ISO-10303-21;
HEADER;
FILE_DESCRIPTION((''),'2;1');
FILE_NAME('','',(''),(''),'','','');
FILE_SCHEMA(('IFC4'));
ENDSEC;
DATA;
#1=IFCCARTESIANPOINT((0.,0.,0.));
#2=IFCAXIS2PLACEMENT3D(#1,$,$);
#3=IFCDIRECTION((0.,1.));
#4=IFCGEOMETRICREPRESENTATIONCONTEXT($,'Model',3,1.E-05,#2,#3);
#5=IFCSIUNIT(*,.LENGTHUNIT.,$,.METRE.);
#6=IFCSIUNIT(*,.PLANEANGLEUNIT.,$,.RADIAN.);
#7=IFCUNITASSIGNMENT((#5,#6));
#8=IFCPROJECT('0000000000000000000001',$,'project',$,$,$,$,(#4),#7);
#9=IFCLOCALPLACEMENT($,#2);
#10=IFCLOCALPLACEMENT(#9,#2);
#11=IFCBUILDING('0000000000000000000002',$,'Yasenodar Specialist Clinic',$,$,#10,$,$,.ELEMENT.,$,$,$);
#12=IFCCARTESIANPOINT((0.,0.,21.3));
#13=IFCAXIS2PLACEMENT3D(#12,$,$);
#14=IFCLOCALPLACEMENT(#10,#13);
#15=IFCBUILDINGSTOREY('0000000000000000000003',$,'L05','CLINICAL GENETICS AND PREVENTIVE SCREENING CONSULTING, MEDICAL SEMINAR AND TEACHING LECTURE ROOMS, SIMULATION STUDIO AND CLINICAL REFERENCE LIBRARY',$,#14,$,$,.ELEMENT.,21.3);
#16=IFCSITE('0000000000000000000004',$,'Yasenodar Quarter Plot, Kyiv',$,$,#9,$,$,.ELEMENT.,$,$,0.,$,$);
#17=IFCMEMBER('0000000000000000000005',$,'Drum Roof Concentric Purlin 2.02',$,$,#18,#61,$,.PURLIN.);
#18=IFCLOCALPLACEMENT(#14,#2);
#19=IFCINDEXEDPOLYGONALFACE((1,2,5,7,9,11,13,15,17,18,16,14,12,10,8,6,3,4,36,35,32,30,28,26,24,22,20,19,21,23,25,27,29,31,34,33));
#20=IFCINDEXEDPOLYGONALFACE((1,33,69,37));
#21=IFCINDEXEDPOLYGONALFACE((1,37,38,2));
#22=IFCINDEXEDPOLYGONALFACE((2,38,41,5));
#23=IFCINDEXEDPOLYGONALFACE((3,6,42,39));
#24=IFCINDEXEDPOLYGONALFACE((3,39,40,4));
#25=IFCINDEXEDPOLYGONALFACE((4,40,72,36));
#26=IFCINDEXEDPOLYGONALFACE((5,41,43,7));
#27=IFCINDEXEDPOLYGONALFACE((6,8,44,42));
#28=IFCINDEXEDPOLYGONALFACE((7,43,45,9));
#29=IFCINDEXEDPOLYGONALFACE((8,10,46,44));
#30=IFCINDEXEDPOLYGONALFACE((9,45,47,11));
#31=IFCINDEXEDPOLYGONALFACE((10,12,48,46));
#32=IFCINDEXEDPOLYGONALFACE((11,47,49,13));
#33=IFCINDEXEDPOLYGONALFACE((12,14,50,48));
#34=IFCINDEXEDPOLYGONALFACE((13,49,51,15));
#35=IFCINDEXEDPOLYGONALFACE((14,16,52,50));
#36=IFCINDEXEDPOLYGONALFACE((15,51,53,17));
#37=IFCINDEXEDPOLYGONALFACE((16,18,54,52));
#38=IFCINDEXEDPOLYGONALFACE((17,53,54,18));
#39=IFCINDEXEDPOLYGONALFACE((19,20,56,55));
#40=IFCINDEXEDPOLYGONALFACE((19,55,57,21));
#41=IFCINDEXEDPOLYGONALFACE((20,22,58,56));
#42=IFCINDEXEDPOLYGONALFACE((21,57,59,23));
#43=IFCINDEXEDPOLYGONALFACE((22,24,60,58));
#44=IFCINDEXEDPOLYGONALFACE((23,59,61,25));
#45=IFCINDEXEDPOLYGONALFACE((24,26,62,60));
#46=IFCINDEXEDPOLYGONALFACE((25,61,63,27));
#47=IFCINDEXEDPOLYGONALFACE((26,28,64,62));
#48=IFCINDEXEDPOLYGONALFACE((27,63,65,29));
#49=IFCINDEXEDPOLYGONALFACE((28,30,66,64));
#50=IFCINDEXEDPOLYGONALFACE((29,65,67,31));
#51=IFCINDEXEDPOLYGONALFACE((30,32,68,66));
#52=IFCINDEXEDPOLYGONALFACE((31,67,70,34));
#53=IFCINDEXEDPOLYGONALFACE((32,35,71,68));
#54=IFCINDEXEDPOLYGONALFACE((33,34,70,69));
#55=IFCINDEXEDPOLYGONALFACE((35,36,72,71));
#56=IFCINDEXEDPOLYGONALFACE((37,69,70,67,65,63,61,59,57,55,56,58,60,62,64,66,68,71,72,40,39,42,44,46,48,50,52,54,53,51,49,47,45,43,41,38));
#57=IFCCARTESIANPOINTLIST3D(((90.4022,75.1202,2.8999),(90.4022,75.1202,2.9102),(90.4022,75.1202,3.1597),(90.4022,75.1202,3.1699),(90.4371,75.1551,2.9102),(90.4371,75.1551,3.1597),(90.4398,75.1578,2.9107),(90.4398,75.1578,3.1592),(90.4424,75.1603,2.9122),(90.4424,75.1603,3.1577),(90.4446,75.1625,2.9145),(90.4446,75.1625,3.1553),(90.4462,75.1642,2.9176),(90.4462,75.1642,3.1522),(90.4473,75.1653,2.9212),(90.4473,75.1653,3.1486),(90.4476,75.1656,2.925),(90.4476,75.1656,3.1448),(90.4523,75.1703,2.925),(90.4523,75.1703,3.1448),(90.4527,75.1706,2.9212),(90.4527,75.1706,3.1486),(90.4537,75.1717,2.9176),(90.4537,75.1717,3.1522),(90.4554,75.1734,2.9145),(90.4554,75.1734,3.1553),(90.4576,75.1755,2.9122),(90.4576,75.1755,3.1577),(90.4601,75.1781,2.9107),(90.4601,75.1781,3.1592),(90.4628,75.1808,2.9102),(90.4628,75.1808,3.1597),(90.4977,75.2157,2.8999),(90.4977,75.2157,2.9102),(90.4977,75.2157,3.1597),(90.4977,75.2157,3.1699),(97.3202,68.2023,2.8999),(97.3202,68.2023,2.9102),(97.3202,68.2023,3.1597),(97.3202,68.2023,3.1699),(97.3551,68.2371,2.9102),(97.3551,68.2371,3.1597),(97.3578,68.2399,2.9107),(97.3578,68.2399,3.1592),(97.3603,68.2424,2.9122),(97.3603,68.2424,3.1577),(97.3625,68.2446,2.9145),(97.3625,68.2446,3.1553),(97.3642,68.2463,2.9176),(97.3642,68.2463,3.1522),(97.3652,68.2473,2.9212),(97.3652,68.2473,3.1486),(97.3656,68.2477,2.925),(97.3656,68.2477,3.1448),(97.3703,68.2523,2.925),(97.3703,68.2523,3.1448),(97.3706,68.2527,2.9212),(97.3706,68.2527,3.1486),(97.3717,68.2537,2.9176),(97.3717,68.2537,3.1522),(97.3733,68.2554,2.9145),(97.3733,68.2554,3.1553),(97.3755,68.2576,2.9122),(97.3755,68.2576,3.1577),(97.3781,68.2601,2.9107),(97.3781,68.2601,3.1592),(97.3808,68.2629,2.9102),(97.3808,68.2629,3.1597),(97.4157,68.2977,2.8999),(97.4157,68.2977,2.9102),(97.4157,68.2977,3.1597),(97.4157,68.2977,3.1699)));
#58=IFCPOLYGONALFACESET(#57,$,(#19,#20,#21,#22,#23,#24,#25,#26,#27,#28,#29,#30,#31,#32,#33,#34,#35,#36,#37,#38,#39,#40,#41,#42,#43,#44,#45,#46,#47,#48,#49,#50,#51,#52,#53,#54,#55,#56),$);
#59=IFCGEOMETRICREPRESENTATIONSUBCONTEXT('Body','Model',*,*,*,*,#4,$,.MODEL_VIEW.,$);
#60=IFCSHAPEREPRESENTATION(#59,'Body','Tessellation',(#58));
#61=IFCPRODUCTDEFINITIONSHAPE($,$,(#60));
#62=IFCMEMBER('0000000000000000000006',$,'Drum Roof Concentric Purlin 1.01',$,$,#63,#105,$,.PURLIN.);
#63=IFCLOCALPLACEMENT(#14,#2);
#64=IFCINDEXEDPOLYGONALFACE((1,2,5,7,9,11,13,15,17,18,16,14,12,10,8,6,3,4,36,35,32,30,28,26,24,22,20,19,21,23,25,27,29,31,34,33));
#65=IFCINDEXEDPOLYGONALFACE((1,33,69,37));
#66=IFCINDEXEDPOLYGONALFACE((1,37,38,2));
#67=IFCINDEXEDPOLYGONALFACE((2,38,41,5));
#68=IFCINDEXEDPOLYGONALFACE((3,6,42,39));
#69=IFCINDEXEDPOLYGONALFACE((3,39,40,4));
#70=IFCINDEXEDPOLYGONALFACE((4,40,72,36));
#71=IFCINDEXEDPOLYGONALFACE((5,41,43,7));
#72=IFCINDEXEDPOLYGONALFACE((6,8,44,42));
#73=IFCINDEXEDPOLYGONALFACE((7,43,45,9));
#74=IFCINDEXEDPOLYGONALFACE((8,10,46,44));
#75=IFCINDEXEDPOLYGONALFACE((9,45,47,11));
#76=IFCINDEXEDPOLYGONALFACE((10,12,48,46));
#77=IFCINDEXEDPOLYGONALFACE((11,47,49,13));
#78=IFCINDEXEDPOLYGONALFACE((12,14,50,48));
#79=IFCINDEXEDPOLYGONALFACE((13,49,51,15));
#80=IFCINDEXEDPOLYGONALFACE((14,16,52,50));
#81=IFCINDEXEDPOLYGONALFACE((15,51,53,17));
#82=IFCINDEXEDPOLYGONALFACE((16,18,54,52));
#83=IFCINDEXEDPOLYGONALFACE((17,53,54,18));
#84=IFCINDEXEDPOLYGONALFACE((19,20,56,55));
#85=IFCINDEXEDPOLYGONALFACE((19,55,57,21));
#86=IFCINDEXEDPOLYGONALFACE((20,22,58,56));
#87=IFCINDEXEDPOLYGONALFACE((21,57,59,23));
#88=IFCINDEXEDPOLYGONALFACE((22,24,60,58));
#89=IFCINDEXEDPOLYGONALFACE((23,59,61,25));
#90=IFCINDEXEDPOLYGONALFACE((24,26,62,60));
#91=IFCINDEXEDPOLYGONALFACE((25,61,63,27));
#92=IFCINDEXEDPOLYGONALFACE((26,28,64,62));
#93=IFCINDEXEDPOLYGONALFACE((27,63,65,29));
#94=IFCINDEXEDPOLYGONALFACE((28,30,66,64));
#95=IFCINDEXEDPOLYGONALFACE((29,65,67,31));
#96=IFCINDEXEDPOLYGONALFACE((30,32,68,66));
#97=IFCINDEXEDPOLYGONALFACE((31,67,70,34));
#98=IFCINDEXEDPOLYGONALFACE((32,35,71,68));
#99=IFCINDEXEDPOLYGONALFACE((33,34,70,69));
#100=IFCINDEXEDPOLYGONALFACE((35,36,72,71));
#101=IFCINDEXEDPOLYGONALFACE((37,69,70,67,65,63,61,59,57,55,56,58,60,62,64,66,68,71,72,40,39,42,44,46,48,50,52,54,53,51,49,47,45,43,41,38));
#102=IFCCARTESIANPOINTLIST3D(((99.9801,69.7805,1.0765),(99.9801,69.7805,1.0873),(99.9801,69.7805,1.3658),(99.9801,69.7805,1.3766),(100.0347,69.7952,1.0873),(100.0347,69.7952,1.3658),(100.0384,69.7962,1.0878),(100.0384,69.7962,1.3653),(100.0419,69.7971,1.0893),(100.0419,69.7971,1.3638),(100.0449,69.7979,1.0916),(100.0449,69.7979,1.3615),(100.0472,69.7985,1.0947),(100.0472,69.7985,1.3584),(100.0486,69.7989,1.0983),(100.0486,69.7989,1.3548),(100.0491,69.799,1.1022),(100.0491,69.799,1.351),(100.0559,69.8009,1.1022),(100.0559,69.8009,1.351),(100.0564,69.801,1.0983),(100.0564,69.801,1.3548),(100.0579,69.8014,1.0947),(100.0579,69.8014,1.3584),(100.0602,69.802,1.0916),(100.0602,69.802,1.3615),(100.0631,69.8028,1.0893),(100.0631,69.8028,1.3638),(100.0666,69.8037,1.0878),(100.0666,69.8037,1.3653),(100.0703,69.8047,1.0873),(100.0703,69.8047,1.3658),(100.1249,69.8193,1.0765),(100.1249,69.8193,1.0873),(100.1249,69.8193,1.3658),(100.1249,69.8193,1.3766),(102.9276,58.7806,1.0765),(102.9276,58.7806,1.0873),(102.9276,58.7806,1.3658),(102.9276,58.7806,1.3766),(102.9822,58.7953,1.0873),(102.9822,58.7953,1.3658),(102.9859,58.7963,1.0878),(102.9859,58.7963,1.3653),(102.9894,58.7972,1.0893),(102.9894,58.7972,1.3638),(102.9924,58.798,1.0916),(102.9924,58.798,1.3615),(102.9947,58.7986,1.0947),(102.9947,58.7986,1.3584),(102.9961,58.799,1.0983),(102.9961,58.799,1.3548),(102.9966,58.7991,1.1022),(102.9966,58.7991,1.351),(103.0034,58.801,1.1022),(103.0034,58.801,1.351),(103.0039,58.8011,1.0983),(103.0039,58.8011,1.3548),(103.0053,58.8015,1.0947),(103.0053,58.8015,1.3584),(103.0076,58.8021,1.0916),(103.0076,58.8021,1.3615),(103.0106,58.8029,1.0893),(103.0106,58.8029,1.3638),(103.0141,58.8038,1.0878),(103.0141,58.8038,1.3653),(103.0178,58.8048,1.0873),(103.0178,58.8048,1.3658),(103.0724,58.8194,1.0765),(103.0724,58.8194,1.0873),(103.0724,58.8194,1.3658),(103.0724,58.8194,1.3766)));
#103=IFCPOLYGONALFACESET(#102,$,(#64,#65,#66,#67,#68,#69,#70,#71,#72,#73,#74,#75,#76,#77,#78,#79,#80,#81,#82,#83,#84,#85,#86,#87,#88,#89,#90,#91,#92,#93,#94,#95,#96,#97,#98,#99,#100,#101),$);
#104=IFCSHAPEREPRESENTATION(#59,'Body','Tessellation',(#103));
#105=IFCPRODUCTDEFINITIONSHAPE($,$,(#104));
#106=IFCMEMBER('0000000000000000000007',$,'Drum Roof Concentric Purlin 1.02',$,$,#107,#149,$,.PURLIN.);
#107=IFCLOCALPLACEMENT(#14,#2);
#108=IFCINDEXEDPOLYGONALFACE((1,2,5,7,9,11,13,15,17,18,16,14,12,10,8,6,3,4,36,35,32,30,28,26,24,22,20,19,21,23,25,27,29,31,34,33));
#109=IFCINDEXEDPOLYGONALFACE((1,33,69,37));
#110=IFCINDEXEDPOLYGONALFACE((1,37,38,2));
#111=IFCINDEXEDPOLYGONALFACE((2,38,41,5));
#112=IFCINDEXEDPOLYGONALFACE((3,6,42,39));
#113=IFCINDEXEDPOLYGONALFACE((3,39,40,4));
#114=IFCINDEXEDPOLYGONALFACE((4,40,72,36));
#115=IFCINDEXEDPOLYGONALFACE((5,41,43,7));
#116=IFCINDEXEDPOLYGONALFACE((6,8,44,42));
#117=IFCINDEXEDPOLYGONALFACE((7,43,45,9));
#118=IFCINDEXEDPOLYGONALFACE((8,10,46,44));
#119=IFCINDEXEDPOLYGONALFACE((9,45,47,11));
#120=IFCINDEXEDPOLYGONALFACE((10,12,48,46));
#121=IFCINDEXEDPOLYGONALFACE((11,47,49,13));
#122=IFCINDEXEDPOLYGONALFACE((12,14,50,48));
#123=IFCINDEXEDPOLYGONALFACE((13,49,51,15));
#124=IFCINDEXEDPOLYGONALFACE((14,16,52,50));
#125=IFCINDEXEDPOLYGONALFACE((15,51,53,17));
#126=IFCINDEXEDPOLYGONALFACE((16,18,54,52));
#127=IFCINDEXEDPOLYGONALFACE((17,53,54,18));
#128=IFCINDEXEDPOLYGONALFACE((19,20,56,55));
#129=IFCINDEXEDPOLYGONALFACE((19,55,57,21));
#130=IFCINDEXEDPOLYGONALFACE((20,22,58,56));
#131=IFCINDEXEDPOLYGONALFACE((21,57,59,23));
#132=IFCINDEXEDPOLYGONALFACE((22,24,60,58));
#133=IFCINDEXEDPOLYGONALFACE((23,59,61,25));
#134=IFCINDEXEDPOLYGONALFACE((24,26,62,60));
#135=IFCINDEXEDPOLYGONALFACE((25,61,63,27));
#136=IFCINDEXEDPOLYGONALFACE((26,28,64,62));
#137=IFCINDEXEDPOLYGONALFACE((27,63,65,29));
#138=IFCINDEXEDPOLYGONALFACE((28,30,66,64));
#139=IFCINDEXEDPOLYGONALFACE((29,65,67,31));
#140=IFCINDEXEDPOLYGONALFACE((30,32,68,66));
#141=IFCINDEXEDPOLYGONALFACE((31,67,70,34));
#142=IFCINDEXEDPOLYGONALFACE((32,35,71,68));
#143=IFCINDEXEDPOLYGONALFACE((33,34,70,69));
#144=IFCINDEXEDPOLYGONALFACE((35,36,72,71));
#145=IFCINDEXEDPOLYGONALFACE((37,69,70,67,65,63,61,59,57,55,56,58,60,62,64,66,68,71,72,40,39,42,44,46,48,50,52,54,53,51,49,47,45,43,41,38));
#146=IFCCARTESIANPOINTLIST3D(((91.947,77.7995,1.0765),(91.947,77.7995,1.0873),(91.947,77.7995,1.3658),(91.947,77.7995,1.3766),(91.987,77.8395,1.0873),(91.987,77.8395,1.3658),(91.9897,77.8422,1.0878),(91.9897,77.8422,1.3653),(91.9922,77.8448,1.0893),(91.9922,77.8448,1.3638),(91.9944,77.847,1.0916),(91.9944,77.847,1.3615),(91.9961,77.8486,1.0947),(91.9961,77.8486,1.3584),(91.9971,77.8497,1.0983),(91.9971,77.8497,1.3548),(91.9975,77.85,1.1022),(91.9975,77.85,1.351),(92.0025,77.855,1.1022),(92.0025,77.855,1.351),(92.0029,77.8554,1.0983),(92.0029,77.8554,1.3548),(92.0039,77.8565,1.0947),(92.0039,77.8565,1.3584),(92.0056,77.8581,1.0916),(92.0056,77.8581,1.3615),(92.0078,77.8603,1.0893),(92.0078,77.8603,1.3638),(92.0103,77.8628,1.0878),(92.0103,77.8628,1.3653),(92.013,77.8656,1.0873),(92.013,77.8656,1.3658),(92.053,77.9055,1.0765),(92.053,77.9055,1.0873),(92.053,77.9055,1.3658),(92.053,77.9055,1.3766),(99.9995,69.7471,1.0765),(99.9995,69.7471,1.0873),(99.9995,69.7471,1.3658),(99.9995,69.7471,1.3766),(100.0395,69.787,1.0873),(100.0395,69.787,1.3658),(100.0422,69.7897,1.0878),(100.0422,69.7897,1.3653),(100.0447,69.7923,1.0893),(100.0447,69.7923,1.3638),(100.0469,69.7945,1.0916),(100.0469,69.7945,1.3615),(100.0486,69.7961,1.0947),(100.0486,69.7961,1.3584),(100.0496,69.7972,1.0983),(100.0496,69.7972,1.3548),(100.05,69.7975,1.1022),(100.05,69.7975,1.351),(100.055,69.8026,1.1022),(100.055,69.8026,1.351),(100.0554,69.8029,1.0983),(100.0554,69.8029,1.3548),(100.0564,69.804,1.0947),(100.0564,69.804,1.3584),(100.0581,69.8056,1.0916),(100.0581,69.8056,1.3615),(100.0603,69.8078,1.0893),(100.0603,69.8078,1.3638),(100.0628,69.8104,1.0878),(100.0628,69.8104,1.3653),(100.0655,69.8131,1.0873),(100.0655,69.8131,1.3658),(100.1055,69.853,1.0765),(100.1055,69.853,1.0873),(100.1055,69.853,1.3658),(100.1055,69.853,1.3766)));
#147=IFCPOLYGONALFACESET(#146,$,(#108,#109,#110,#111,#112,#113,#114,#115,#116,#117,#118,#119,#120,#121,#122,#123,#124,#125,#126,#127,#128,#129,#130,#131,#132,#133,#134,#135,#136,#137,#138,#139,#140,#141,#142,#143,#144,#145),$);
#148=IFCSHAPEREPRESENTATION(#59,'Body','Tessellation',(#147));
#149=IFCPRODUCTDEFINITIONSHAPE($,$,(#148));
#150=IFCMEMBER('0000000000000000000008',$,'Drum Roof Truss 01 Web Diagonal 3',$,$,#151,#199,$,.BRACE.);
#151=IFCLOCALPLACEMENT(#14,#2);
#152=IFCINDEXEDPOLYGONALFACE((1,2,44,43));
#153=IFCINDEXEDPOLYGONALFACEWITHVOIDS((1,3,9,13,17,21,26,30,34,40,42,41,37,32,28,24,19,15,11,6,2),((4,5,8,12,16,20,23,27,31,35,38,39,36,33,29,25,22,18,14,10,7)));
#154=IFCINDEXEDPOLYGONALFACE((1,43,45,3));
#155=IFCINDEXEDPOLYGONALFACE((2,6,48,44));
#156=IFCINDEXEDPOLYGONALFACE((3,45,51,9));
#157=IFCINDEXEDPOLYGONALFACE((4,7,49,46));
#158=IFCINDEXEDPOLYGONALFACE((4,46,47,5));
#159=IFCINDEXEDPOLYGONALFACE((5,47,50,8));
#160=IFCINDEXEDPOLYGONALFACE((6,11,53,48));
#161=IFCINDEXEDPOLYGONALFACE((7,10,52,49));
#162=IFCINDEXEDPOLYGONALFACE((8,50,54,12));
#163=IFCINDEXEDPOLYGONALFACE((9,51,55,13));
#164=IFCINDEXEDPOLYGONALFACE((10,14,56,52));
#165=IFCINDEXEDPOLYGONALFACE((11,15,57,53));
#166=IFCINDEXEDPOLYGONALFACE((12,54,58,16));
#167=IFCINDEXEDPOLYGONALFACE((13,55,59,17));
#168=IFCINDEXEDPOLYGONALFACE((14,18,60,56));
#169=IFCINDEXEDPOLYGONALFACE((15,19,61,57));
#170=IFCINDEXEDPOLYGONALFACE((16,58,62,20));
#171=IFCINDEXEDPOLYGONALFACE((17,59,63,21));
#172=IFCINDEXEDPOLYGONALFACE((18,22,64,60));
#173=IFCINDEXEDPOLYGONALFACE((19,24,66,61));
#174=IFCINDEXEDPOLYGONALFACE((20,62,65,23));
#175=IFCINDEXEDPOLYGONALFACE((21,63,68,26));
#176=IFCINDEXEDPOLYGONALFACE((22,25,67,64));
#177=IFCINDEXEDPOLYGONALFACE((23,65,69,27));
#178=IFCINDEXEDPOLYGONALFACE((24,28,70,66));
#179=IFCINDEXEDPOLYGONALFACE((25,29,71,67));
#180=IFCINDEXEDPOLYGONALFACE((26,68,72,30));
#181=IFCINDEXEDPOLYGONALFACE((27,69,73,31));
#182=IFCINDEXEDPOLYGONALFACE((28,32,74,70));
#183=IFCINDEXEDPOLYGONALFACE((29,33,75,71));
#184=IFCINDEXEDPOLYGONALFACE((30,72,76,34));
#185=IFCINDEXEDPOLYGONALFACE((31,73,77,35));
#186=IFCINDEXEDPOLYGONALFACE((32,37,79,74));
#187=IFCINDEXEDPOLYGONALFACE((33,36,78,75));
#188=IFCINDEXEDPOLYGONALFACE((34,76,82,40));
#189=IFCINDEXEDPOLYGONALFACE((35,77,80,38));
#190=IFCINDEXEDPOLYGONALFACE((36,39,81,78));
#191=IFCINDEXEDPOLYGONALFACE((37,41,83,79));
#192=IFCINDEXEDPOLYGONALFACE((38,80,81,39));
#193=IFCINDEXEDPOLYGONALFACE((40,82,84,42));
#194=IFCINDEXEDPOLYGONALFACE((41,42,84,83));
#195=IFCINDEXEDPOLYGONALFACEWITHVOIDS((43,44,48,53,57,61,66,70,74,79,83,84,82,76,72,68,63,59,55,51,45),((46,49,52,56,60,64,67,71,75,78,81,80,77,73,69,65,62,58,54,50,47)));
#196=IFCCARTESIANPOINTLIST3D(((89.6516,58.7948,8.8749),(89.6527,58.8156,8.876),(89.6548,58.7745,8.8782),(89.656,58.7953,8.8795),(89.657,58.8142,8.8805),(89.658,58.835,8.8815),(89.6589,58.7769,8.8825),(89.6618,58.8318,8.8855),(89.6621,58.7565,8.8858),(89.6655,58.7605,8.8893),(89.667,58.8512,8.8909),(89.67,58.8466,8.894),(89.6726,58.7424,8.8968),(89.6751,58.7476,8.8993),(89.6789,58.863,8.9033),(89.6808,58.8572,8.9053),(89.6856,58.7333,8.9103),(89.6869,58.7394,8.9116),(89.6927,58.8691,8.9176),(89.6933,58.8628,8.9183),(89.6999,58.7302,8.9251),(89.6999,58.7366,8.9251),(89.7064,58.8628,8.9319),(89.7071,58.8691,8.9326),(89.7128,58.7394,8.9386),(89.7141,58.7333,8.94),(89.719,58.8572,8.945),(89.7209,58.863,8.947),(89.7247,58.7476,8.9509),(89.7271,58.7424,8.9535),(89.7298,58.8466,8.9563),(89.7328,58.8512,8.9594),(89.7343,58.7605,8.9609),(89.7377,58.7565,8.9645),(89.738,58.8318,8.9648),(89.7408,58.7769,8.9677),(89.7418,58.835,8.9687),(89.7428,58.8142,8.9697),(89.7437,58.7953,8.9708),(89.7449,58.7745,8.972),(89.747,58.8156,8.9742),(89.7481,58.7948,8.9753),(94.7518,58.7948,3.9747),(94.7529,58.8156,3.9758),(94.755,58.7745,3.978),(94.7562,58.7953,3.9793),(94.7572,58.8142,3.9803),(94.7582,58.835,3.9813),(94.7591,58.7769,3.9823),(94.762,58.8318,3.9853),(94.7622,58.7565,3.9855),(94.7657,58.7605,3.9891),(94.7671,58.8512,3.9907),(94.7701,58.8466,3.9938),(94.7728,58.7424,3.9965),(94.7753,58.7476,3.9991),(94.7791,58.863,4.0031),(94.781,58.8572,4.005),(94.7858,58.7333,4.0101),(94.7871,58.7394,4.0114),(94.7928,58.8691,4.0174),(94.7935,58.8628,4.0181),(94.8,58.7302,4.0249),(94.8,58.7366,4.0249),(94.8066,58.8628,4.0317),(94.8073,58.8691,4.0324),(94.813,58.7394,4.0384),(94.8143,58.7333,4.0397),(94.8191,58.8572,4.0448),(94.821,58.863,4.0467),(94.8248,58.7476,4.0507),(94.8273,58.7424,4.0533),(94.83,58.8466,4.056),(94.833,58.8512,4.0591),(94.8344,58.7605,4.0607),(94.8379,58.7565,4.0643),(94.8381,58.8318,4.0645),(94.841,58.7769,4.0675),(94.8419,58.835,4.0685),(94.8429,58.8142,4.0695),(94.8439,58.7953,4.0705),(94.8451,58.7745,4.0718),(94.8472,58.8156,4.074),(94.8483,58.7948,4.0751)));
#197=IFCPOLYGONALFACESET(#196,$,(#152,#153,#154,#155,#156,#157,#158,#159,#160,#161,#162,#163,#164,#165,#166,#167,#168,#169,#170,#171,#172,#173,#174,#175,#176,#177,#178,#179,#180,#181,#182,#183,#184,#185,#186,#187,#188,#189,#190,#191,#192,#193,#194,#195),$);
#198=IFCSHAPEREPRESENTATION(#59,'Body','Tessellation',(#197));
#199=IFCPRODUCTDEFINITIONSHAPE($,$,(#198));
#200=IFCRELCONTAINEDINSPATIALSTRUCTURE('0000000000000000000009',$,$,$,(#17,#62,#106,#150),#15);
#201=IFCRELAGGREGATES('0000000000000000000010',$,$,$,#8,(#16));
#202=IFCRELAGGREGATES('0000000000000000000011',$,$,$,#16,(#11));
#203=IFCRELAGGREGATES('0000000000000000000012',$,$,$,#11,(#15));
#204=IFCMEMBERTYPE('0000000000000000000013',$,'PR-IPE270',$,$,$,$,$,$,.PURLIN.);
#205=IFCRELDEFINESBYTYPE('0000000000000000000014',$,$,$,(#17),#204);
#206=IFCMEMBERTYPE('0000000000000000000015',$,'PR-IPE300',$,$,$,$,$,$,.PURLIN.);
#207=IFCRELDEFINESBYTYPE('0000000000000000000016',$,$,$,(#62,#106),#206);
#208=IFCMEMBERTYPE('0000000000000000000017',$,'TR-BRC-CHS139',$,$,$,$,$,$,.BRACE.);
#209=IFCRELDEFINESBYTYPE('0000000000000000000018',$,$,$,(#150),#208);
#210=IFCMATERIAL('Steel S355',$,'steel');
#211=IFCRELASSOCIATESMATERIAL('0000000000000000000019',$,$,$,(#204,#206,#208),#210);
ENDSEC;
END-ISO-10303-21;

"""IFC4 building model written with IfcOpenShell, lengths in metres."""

from ifc_helpers import new_model, si_unit, direction, frame, origin, origin_2d, place, context, subcontext, project, spatial, hollow_circle, i_section, extrude, material, material_profile, profile_set, type_object, element, save


model = new_model("IFC4")

# Units and contexts
model_context = context("Model", 3, precision=1e-05, world=origin(), true_north=direction((0.0, 1.0)))
body_context = subcontext(model_context, "Body", "Model", "MODEL_VIEW")
ifc_project = project(units=[si_unit("LENGTHUNIT", "METRE"), si_unit("PLANEANGLEUNIT", "RADIAN")], contexts=[model_context])

# Site, building, storey
site_placement = place(None, origin())
site = spatial("IfcSite", under=ifc_project, at=site_placement, Name="Yasenodar Quarter Plot, Kyiv", CompositionType="ELEMENT", RefElevation=0.0)
building_placement = place(site_placement, origin())
building = spatial("IfcBuilding", under=site, at=building_placement, Name="Yasenodar Specialist Clinic", CompositionType="ELEMENT")
storey_placement = place(building_placement, frame((0.0, 0.0, 21.3)))
storey = spatial("IfcBuildingStorey", under=building, at=storey_placement, Name="L05", Description="CLINICAL GENETICS AND PREVENTIVE SCREENING CONSULTING, MEDICAL SEMINAR AND TEACHING LECTURE ROOMS, SIMULATION STUDIO AND CLINICAL REFERENCE LIBRARY", CompositionType="ELEMENT", Elevation=21.3)

# Members
ifc_material = material(Name="Steel S355", Category="steel")
ifc_material_profile_1 = material_profile(ifc_material, i_section(OverallWidth=0.135, OverallDepth=0.27, WebThickness=0.0066, FlangeThickness=0.0103, FilletRadius=0.0149, at=origin_2d()), Name="IPE 270")
ifc_profile_set_1 = profile_set([ifc_material_profile_1], Name="Steel S355")
member_type_1 = type_object("IfcMemberType", Name="PR-IPE270", PredefinedType="PURLIN", material=ifc_profile_set_1)
member_1_placement = place(storey_placement, frame((97.3679, 68.25, 3.0349), z_axis=(-0.707107, 0.707107, 0.0), x_axis=(-0.707107, -0.707107, 0.0)))
element("IfcMember", 1, at=member_1_placement, inside=storey, type_object=member_type_1, Name="Drum Roof Concentric Purlin 2.02", PredefinedType="PURLIN", context=body_context, shape_type="SweptSolid", body=[
    extrude(i_section(OverallWidth=0.135, OverallDepth=0.27, WebThickness=0.0066, FlangeThickness=0.0103, FilletRadius=0.0149, at=origin_2d()), origin(), (0.0, 0.0, 1.0), 9.7834),
])
ifc_material_profile_2 = material_profile(ifc_material, i_section(OverallWidth=0.1499, OverallDepth=0.3, WebThickness=0.0071, FlangeThickness=0.0107, FilletRadius=0.0149, at=origin_2d()), Name="IPE 300")
ifc_profile_set_2 = profile_set([ifc_material_profile_2], Name="Steel S355")
member_type_2 = type_object("IfcMemberType", Name="PR-IPE300", PredefinedType="PURLIN", material=ifc_profile_set_2)
for number, where, z_axis, x_axis, name in (
    (2, (103.0, 58.8, 1.2266), (-0.258825, 0.965924, 0.0), (-0.965924, -0.258825, 0.0), "Drum Roof Concentric Purlin 1.01"),
    (3, (100.0525, 69.8, 1.2266), (-0.707107, 0.707107, 0.0), (-0.707107, -0.707107, 0.0), "Drum Roof Concentric Purlin 1.02"),
):
    element("IfcMember", number, at=place(storey_placement, frame(where, z_axis=z_axis, x_axis=x_axis)), inside=storey, type_object=member_type_2, Name=name, PredefinedType="PURLIN", context=body_context, shape_type="SweptSolid", body=[
        extrude(i_section(OverallWidth=0.1499, OverallDepth=0.3, WebThickness=0.0071, FlangeThickness=0.0107, FilletRadius=0.0149, at=origin_2d()), origin(), (0.0, 0.0, 1.0), 11.3879),
    ])
ifc_material_profile_3 = material_profile(ifc_material, hollow_circle(Radius=0.0698, WallThickness=0.0063, at=origin_2d()), Name="CHS 139.7x6.3")
ifc_profile_set_3 = profile_set([ifc_material_profile_3], Name="Steel S355")
member_type_3 = type_object("IfcMemberType", Name="TR-BRC-CHS139", PredefinedType="BRACE", material=ifc_profile_set_3)
member_2_placement = place(storey_placement, frame((94.8, 58.8, 4.0249), z_axis=(-0.721101, 0.0, 0.69283), x_axis=(0.0, -1.0, 0.0)))
element("IfcMember", 4, at=member_2_placement, inside=storey, type_object=member_type_3, Name="Drum Roof Truss 01 Web Diagonal 3", PredefinedType="BRACE", context=body_context, shape_type="SweptSolid", body=[
    extrude(hollow_circle(Radius=0.0698, WallThickness=0.0063, at=origin_2d()), origin(), (0.0, 0.0, 1.0), 7.0728),
])

save(model, "model.ifc")
